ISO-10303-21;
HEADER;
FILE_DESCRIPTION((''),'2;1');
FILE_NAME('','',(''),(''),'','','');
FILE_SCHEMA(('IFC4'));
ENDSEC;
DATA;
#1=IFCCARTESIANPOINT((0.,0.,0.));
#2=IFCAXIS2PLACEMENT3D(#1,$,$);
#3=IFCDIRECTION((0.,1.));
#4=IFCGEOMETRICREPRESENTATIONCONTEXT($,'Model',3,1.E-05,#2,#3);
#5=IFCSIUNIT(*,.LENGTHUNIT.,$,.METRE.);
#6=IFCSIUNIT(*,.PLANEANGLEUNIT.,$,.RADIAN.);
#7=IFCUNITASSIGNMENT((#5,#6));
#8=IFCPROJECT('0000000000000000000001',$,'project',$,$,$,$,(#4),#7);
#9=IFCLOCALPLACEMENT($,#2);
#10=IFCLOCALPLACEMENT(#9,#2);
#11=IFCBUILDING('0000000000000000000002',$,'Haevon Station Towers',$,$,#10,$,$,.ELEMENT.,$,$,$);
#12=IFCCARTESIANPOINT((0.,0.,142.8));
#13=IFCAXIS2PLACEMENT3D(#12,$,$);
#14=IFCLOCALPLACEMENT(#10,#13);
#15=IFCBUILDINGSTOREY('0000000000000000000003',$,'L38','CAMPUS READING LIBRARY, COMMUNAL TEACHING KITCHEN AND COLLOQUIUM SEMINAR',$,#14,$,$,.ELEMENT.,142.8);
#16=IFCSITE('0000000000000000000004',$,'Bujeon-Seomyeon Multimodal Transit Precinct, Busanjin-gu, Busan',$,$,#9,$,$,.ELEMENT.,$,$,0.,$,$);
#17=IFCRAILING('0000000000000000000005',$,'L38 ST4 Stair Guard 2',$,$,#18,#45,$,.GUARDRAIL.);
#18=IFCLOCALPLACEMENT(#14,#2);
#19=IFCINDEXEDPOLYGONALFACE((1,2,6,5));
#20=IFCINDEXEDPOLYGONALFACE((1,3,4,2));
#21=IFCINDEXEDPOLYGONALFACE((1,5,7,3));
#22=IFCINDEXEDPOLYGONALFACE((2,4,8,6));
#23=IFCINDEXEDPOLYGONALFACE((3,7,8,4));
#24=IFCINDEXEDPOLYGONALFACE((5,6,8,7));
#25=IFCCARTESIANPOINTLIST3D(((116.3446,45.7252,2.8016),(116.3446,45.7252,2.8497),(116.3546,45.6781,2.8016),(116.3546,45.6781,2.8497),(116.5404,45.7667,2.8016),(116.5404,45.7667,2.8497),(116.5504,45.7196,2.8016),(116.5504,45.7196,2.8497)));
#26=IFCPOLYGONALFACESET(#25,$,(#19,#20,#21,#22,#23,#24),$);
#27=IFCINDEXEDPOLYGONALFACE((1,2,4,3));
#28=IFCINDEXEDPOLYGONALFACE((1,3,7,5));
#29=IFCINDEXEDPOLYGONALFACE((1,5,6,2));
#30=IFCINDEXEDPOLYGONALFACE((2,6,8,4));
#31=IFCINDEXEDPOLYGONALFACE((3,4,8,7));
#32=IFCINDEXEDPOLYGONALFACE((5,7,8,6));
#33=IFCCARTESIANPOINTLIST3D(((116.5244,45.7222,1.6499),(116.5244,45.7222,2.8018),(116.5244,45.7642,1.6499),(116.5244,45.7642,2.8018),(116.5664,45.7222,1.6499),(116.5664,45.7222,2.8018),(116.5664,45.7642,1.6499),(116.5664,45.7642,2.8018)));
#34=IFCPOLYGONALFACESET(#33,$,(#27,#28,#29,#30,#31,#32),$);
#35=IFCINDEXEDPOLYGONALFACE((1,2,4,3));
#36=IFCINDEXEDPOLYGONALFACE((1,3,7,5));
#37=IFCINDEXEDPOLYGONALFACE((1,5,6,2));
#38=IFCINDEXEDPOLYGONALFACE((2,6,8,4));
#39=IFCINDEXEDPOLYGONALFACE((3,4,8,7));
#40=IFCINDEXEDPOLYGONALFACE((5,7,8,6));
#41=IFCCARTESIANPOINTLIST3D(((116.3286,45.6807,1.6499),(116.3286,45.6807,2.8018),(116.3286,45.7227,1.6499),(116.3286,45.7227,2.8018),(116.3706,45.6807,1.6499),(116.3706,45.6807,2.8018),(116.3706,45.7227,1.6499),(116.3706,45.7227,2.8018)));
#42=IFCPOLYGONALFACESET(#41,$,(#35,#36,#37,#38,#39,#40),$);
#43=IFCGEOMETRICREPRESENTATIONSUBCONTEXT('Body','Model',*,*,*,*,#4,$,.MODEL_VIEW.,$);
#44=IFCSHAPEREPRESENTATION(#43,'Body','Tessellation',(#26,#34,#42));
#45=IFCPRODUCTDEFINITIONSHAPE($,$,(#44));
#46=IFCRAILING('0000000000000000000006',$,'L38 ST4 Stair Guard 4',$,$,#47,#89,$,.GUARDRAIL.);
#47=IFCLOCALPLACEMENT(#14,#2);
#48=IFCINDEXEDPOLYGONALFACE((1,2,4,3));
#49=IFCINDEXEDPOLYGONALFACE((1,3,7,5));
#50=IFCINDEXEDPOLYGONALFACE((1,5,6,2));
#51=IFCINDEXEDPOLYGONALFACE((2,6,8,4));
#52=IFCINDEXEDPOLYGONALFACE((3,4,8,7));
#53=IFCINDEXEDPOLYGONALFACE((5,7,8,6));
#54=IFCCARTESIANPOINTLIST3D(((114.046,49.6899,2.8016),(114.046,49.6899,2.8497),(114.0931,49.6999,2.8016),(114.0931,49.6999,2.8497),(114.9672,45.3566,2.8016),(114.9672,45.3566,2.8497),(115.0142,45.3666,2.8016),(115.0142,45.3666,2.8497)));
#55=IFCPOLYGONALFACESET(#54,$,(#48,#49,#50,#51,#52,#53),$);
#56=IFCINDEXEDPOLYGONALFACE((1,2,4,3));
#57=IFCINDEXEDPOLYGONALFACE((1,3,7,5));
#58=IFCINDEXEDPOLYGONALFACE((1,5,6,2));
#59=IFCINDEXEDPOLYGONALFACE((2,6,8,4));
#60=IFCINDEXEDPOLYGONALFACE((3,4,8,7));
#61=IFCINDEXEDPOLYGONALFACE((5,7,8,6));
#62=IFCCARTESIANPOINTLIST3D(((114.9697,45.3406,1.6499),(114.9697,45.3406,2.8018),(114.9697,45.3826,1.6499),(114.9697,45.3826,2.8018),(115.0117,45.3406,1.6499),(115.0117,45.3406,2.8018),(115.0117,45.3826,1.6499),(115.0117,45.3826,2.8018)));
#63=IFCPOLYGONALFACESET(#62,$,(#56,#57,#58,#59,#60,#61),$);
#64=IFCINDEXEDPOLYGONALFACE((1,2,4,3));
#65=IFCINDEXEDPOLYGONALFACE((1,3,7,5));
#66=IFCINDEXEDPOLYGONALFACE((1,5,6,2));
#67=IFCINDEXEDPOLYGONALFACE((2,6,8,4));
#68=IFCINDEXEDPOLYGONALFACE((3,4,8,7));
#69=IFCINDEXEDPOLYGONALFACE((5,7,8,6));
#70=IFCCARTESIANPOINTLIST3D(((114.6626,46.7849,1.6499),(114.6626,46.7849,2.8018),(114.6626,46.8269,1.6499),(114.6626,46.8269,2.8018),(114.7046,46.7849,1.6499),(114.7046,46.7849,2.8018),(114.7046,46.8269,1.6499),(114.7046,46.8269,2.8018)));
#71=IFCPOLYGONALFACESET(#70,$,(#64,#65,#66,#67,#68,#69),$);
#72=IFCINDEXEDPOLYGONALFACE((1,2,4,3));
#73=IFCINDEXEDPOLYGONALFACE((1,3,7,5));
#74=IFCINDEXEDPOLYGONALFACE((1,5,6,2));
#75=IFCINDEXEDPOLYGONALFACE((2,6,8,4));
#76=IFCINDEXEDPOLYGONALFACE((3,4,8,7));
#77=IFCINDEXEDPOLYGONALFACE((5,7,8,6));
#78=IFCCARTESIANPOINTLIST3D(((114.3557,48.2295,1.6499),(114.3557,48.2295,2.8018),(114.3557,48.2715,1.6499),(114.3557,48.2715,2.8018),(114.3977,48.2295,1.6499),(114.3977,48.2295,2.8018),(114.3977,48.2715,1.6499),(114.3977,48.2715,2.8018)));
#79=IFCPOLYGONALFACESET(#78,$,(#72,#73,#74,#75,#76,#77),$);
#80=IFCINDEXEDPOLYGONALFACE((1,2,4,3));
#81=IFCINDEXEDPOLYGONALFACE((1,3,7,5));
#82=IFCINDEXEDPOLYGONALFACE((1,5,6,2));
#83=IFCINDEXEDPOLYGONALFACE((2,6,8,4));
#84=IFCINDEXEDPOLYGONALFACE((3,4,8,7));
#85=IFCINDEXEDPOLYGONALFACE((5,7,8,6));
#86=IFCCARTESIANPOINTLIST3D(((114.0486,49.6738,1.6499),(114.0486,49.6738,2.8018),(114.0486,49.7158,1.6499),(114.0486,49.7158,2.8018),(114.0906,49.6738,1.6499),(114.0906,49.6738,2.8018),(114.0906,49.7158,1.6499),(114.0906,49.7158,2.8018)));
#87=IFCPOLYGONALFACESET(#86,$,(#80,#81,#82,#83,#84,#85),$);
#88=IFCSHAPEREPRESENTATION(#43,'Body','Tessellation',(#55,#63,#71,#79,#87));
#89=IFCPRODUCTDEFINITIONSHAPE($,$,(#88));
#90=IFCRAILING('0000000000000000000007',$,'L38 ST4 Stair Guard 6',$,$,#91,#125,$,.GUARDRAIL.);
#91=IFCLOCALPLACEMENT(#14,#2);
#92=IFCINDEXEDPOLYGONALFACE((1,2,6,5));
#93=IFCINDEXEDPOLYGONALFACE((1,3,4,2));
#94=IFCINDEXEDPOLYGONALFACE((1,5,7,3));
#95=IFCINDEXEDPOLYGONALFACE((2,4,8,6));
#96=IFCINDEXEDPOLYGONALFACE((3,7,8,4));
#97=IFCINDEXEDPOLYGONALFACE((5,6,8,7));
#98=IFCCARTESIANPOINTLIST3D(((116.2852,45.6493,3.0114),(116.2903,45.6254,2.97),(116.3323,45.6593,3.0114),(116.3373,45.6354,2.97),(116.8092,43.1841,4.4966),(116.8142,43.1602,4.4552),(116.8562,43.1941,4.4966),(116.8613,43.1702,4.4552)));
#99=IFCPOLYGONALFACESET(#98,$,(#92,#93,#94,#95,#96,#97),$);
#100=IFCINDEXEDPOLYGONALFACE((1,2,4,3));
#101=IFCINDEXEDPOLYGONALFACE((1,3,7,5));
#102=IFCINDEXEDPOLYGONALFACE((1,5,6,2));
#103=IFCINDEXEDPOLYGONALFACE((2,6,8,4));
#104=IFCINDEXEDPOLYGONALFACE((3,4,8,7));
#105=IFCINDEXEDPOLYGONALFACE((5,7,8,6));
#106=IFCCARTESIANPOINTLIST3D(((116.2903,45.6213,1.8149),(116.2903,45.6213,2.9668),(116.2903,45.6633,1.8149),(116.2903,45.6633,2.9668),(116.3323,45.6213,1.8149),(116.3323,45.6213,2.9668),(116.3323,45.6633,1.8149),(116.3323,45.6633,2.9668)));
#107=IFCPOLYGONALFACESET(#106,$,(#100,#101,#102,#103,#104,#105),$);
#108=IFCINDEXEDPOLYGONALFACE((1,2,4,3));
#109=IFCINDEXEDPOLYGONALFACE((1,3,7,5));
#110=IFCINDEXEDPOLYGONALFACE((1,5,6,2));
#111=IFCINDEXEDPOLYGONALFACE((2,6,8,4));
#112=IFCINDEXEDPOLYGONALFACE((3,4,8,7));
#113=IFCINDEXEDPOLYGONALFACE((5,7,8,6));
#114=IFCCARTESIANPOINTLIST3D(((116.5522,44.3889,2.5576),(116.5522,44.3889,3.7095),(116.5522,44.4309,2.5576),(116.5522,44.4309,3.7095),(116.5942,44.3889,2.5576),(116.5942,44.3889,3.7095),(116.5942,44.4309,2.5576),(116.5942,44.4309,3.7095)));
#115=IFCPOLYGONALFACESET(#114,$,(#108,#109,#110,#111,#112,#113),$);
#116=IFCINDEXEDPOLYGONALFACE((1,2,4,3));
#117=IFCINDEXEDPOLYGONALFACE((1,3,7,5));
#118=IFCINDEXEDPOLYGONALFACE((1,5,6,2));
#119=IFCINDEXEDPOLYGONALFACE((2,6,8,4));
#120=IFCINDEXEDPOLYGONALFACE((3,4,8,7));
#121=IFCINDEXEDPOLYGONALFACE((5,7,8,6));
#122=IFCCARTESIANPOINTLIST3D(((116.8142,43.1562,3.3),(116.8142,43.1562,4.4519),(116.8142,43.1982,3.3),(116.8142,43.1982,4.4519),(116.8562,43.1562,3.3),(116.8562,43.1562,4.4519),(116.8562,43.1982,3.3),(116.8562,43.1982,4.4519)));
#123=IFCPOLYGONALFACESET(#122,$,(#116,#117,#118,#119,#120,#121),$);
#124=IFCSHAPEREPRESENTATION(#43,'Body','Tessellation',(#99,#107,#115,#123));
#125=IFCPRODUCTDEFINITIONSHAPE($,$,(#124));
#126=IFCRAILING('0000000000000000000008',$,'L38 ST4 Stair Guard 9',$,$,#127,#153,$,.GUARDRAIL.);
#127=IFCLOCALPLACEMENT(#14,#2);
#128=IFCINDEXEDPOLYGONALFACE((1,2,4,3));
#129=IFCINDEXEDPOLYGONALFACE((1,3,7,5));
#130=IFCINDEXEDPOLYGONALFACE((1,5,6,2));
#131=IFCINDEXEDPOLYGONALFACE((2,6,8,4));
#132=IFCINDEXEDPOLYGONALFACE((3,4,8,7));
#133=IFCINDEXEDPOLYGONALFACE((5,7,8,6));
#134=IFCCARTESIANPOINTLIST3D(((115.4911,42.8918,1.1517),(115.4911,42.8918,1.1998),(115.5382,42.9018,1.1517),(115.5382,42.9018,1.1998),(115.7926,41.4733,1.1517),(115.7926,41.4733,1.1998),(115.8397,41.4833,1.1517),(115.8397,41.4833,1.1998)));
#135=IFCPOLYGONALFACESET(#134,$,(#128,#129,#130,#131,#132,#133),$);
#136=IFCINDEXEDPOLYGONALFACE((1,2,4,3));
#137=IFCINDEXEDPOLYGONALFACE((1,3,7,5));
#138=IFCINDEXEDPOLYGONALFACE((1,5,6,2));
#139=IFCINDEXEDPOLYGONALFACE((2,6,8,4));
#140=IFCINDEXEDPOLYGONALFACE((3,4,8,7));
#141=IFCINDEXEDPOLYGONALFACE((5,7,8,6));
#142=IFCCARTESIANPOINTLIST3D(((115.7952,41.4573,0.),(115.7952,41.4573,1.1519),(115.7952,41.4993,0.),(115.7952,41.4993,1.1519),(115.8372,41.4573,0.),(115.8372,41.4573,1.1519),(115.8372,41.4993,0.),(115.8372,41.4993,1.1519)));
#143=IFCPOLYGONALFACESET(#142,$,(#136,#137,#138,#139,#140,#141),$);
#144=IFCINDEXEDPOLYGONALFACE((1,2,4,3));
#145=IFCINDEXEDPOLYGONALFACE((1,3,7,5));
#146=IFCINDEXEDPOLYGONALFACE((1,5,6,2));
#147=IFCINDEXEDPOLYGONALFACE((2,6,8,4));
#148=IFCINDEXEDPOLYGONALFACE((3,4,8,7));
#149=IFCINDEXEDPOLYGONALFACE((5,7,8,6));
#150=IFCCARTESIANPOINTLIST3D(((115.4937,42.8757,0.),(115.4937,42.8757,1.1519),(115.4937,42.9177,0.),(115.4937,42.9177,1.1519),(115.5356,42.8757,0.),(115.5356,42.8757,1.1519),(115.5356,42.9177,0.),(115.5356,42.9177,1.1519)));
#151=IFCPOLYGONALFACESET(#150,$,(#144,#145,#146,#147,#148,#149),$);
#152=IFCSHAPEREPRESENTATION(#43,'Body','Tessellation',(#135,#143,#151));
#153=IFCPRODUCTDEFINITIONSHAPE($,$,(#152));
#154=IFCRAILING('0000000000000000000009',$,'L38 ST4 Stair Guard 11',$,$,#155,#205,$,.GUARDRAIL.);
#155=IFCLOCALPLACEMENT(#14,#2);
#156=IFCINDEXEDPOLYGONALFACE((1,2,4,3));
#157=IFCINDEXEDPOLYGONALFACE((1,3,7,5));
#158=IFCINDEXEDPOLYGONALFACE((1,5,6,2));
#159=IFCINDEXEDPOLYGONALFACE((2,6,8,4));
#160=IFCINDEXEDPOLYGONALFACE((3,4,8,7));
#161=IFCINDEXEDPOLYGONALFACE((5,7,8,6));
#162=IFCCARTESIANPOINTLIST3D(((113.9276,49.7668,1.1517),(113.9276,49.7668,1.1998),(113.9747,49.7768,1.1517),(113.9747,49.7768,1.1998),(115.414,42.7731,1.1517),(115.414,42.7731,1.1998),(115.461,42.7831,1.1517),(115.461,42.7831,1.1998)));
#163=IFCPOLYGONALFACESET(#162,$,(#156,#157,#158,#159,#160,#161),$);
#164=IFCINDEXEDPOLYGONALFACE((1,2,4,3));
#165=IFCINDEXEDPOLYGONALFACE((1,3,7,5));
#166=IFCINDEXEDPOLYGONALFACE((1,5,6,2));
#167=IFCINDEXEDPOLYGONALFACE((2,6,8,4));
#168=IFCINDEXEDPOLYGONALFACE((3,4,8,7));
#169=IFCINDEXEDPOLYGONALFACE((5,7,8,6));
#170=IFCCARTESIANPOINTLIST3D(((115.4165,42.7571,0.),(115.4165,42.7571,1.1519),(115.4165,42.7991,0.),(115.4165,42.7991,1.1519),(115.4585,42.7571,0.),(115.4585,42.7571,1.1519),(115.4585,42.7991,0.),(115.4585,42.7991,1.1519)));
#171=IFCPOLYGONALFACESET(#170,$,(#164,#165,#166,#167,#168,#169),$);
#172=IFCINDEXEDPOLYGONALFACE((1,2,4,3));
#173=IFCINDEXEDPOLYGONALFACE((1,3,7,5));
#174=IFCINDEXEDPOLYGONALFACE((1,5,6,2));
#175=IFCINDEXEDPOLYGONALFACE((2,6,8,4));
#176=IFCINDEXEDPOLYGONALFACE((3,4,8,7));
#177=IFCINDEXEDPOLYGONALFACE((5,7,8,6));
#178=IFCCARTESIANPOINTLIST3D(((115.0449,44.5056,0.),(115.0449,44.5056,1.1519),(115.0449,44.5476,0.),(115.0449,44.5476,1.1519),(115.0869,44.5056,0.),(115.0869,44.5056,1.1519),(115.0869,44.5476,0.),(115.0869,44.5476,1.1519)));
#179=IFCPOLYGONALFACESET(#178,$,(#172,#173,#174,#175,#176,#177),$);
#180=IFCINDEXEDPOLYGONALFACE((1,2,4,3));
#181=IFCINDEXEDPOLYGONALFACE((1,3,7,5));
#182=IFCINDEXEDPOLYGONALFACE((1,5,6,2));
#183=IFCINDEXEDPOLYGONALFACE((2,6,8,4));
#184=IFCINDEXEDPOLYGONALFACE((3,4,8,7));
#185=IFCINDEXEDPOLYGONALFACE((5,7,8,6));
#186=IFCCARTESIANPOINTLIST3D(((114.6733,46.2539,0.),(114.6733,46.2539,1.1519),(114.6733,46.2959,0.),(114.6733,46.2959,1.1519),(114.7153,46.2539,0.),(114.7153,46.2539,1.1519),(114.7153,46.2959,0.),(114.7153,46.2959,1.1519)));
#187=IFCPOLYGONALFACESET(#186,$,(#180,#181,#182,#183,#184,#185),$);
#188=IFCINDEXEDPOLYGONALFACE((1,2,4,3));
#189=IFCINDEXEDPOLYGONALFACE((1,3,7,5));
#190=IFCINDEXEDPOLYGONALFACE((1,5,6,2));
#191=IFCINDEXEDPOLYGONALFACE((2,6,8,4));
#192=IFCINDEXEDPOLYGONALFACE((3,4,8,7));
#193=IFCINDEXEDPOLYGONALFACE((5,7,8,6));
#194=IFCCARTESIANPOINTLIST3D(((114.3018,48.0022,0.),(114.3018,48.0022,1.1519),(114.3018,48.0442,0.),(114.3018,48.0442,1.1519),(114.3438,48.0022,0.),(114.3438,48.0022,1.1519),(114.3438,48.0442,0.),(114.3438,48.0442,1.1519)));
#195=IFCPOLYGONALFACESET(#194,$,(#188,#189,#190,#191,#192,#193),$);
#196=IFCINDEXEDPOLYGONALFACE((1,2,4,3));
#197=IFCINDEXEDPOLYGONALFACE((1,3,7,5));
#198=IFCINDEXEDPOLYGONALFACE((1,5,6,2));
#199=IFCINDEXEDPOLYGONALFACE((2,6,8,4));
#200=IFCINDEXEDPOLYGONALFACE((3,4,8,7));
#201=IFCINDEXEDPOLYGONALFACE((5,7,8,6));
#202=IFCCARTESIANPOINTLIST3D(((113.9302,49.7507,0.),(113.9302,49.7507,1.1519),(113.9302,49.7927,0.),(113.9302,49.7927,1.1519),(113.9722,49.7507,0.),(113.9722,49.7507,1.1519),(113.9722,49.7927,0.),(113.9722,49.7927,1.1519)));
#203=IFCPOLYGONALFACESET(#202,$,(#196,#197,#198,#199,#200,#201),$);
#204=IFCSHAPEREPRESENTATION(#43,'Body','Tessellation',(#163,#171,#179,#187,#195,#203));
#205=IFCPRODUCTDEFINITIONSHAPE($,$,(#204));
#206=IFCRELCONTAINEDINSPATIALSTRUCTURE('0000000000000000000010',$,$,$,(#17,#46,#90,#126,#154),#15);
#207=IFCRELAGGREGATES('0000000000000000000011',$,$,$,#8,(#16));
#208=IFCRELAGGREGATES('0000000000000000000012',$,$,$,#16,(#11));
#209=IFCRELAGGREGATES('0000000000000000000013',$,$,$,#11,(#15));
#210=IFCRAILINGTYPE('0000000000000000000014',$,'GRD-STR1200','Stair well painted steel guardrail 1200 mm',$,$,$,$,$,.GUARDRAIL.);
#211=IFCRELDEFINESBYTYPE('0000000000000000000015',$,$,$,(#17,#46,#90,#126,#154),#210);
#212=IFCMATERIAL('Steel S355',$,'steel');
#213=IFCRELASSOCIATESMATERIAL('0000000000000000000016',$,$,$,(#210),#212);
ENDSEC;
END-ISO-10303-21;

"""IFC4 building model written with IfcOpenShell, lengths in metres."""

from ifc_helpers import new_model, si_unit, direction, frame, origin, origin_2d, place, context, subcontext, project, spatial, rectangle, extrude, material, type_object, element, save


model = new_model("IFC4")

# Units and contexts
model_context = context("Model", 3, precision=1e-05, world=origin(), true_north=direction((0.0, 1.0)))
body_context = subcontext(model_context, "Body", "Model", "MODEL_VIEW")
ifc_project = project(units=[si_unit("LENGTHUNIT", "METRE"), si_unit("PLANEANGLEUNIT", "RADIAN")], contexts=[model_context])

# Site, building, storey
site_placement = place(None, origin())
site = spatial("IfcSite", under=ifc_project, at=site_placement, Name="Bujeon-Seomyeon Multimodal Transit Precinct, Busanjin-gu, Busan", CompositionType="ELEMENT", RefElevation=0.0)
building_placement = place(site_placement, origin())
building = spatial("IfcBuilding", under=site, at=building_placement, Name="Haevon Station Towers", CompositionType="ELEMENT")
storey_placement = place(building_placement, frame((0.0, 0.0, 142.8)))
storey = spatial("IfcBuildingStorey", under=building, at=storey_placement, Name="L38", Description="CAMPUS READING LIBRARY, COMMUNAL TEACHING KITCHEN AND COLLOQUIUM SEMINAR", CompositionType="ELEMENT", Elevation=142.8)

# Shared definitions
ifc_material_1 = material(Name="Steel S355", Category="steel")

# Railings
railing_type_1 = type_object("IfcRailingType", Name="GRD-STR1200", Description="Stair well painted steel guardrail 1200 mm", PredefinedType="GUARDRAIL", material=ifc_material_1)
railing_1_placement = place(storey_placement, frame((116.5454, 45.7432, 1.6499)))
element("IfcRailing", 1, at=railing_1_placement, inside=storey, type_object=railing_type_1, Name="L38 ST4 Stair Guard 2", PredefinedType="GUARDRAIL", context=body_context, shape_type="SweptSolid", body=[
    extrude(rectangle(XDim=0.0481, YDim=0.0481, at=origin_2d()), frame((0.0, 0.0, 1.1758), z_axis=(-0.978264, -0.207363, 0.0), x_axis=(0.207363, -0.978264, 0.0)), (0.0, 0.0, 1.0), 0.2002),
    extrude(rectangle(XDim=0.042, YDim=0.042, at=origin_2d()), origin(), (0.0, 0.0, 1.0), 1.1519),
    extrude(rectangle(XDim=0.042, YDim=0.042, at=origin_2d()), frame((-0.1958, -0.0415, 0.0)), (0.0, 0.0, 1.0), 1.1519),
])
railing_2_placement = place(storey_placement, frame((114.9907, 45.3616, 1.6499)))
element("IfcRailing", 2, at=railing_2_placement, inside=storey, type_object=railing_type_1, Name="L38 ST4 Stair Guard 4", PredefinedType="GUARDRAIL", context=body_context, shape_type="SweptSolid", body=[
    extrude(rectangle(XDim=0.0481, YDim=0.0481, at=origin_2d()), frame((0.0, 0.0, 1.1758), z_axis=(-0.207929, 0.978144, 0.0), x_axis=(-0.978144, -0.207929, 0.0)), (0.0, 0.0, 1.0), 4.4302),
    extrude(rectangle(XDim=0.042, YDim=0.042, at=origin_2d()), origin(), (0.0, 0.0, 1.0), 1.1519),
    extrude(rectangle(XDim=0.042, YDim=0.042, at=origin_2d()), frame((-0.3071, 1.4443, 0.0)), (0.0, 0.0, 1.0), 1.1519),
    extrude(rectangle(XDim=0.042, YDim=0.042, at=origin_2d()), frame((-0.614, 2.8889, 0.0)), (0.0, 0.0, 1.0), 1.1519),
    extrude(rectangle(XDim=0.042, YDim=0.042, at=origin_2d()), frame((-0.9211, 4.3333, 0.0)), (0.0, 0.0, 1.0), 1.1519),
])
railing_3_placement = place(storey_placement, frame((116.3113, 45.6423, 1.8149)))
element("IfcRailing", 3, at=railing_3_placement, inside=storey, type_object=railing_type_1, Name="L38 ST4 Stair Guard 6", PredefinedType="GUARDRAIL", context=body_context, shape_type="SweptSolid", body=[
    extrude(rectangle(XDim=0.0481, YDim=0.0481, at=origin_2d()), frame((0.0, 0.0, 1.1758), z_axis=(0.179109, -0.842712, 0.507697), x_axis=(0.978151, 0.207895, 0.0)), (0.0, 0.0, 1.0), 2.9253),
    extrude(rectangle(XDim=0.042, YDim=0.042, at=origin_2d()), origin(), (0.0, 0.0, 1.0), 1.1519),
    extrude(rectangle(XDim=0.042, YDim=0.042, at=origin_2d()), frame((0.262, -1.2324, 0.7427)), (0.0, 0.0, 1.0), 1.1519),
    extrude(rectangle(XDim=0.042, YDim=0.042, at=origin_2d()), frame((0.5239, -2.4651, 1.4851)), (0.0, 0.0, 1.0), 1.1519),
])
railing_4_placement = place(storey_placement, frame((115.8162, 41.4783, 0.0)))
element("IfcRailing", 4, at=railing_4_placement, inside=storey, type_object=railing_type_1, Name="L38 ST4 Stair Guard 9", PredefinedType="GUARDRAIL", context=body_context, shape_type="SweptSolid", body=[
    extrude(rectangle(XDim=0.0481, YDim=0.0481, at=origin_2d()), frame((0.0, 0.0, 1.1758), z_axis=(-0.207919, 0.978146, 0.0), x_axis=(-0.978146, -0.207919, 0.0)), (0.0, 0.0, 1.0), 1.4502),
    extrude(rectangle(XDim=0.042, YDim=0.042, at=origin_2d()), origin(), (0.0, 0.0, 1.0), 1.1519),
    extrude(rectangle(XDim=0.042, YDim=0.042, at=origin_2d()), frame((-0.3015, 1.4185, 0.0)), (0.0, 0.0, 1.0), 1.1519),
])
railing_5_placement = place(storey_placement, frame((115.4375, 42.7781, 0.0)))
element("IfcRailing", 5, at=railing_5_placement, inside=storey, type_object=railing_type_1, Name="L38 ST4 Stair Guard 11", PredefinedType="GUARDRAIL", context=body_context, shape_type="SweptSolid", body=[
    extrude(rectangle(XDim=0.0481, YDim=0.0481, at=origin_2d()), frame((0.0, 0.0, 1.1758), z_axis=(-0.207882, 0.978154, 0.0), x_axis=(-0.978154, -0.207882, 0.0)), (0.0, 0.0, 1.0), 7.1499),
    extrude(rectangle(XDim=0.042, YDim=0.042, at=origin_2d()), origin(), (0.0, 0.0, 1.0), 1.1519),
    extrude(rectangle(XDim=0.042, YDim=0.042, at=origin_2d()), frame((-0.3716, 1.7485, 0.0)), (0.0, 0.0, 1.0), 1.1519),
    extrude(rectangle(XDim=0.042, YDim=0.042, at=origin_2d()), frame((-0.7432, 3.4968, 0.0)), (0.0, 0.0, 1.0), 1.1519),
    extrude(rectangle(XDim=0.042, YDim=0.042, at=origin_2d()), frame((-1.1147, 5.2451, 0.0)), (0.0, 0.0, 1.0), 1.1519),
    extrude(rectangle(XDim=0.042, YDim=0.042, at=origin_2d()), frame((-1.4863, 6.9937, 0.0)), (0.0, 0.0, 1.0), 1.1519),
])

save(model, "model.ifc")
